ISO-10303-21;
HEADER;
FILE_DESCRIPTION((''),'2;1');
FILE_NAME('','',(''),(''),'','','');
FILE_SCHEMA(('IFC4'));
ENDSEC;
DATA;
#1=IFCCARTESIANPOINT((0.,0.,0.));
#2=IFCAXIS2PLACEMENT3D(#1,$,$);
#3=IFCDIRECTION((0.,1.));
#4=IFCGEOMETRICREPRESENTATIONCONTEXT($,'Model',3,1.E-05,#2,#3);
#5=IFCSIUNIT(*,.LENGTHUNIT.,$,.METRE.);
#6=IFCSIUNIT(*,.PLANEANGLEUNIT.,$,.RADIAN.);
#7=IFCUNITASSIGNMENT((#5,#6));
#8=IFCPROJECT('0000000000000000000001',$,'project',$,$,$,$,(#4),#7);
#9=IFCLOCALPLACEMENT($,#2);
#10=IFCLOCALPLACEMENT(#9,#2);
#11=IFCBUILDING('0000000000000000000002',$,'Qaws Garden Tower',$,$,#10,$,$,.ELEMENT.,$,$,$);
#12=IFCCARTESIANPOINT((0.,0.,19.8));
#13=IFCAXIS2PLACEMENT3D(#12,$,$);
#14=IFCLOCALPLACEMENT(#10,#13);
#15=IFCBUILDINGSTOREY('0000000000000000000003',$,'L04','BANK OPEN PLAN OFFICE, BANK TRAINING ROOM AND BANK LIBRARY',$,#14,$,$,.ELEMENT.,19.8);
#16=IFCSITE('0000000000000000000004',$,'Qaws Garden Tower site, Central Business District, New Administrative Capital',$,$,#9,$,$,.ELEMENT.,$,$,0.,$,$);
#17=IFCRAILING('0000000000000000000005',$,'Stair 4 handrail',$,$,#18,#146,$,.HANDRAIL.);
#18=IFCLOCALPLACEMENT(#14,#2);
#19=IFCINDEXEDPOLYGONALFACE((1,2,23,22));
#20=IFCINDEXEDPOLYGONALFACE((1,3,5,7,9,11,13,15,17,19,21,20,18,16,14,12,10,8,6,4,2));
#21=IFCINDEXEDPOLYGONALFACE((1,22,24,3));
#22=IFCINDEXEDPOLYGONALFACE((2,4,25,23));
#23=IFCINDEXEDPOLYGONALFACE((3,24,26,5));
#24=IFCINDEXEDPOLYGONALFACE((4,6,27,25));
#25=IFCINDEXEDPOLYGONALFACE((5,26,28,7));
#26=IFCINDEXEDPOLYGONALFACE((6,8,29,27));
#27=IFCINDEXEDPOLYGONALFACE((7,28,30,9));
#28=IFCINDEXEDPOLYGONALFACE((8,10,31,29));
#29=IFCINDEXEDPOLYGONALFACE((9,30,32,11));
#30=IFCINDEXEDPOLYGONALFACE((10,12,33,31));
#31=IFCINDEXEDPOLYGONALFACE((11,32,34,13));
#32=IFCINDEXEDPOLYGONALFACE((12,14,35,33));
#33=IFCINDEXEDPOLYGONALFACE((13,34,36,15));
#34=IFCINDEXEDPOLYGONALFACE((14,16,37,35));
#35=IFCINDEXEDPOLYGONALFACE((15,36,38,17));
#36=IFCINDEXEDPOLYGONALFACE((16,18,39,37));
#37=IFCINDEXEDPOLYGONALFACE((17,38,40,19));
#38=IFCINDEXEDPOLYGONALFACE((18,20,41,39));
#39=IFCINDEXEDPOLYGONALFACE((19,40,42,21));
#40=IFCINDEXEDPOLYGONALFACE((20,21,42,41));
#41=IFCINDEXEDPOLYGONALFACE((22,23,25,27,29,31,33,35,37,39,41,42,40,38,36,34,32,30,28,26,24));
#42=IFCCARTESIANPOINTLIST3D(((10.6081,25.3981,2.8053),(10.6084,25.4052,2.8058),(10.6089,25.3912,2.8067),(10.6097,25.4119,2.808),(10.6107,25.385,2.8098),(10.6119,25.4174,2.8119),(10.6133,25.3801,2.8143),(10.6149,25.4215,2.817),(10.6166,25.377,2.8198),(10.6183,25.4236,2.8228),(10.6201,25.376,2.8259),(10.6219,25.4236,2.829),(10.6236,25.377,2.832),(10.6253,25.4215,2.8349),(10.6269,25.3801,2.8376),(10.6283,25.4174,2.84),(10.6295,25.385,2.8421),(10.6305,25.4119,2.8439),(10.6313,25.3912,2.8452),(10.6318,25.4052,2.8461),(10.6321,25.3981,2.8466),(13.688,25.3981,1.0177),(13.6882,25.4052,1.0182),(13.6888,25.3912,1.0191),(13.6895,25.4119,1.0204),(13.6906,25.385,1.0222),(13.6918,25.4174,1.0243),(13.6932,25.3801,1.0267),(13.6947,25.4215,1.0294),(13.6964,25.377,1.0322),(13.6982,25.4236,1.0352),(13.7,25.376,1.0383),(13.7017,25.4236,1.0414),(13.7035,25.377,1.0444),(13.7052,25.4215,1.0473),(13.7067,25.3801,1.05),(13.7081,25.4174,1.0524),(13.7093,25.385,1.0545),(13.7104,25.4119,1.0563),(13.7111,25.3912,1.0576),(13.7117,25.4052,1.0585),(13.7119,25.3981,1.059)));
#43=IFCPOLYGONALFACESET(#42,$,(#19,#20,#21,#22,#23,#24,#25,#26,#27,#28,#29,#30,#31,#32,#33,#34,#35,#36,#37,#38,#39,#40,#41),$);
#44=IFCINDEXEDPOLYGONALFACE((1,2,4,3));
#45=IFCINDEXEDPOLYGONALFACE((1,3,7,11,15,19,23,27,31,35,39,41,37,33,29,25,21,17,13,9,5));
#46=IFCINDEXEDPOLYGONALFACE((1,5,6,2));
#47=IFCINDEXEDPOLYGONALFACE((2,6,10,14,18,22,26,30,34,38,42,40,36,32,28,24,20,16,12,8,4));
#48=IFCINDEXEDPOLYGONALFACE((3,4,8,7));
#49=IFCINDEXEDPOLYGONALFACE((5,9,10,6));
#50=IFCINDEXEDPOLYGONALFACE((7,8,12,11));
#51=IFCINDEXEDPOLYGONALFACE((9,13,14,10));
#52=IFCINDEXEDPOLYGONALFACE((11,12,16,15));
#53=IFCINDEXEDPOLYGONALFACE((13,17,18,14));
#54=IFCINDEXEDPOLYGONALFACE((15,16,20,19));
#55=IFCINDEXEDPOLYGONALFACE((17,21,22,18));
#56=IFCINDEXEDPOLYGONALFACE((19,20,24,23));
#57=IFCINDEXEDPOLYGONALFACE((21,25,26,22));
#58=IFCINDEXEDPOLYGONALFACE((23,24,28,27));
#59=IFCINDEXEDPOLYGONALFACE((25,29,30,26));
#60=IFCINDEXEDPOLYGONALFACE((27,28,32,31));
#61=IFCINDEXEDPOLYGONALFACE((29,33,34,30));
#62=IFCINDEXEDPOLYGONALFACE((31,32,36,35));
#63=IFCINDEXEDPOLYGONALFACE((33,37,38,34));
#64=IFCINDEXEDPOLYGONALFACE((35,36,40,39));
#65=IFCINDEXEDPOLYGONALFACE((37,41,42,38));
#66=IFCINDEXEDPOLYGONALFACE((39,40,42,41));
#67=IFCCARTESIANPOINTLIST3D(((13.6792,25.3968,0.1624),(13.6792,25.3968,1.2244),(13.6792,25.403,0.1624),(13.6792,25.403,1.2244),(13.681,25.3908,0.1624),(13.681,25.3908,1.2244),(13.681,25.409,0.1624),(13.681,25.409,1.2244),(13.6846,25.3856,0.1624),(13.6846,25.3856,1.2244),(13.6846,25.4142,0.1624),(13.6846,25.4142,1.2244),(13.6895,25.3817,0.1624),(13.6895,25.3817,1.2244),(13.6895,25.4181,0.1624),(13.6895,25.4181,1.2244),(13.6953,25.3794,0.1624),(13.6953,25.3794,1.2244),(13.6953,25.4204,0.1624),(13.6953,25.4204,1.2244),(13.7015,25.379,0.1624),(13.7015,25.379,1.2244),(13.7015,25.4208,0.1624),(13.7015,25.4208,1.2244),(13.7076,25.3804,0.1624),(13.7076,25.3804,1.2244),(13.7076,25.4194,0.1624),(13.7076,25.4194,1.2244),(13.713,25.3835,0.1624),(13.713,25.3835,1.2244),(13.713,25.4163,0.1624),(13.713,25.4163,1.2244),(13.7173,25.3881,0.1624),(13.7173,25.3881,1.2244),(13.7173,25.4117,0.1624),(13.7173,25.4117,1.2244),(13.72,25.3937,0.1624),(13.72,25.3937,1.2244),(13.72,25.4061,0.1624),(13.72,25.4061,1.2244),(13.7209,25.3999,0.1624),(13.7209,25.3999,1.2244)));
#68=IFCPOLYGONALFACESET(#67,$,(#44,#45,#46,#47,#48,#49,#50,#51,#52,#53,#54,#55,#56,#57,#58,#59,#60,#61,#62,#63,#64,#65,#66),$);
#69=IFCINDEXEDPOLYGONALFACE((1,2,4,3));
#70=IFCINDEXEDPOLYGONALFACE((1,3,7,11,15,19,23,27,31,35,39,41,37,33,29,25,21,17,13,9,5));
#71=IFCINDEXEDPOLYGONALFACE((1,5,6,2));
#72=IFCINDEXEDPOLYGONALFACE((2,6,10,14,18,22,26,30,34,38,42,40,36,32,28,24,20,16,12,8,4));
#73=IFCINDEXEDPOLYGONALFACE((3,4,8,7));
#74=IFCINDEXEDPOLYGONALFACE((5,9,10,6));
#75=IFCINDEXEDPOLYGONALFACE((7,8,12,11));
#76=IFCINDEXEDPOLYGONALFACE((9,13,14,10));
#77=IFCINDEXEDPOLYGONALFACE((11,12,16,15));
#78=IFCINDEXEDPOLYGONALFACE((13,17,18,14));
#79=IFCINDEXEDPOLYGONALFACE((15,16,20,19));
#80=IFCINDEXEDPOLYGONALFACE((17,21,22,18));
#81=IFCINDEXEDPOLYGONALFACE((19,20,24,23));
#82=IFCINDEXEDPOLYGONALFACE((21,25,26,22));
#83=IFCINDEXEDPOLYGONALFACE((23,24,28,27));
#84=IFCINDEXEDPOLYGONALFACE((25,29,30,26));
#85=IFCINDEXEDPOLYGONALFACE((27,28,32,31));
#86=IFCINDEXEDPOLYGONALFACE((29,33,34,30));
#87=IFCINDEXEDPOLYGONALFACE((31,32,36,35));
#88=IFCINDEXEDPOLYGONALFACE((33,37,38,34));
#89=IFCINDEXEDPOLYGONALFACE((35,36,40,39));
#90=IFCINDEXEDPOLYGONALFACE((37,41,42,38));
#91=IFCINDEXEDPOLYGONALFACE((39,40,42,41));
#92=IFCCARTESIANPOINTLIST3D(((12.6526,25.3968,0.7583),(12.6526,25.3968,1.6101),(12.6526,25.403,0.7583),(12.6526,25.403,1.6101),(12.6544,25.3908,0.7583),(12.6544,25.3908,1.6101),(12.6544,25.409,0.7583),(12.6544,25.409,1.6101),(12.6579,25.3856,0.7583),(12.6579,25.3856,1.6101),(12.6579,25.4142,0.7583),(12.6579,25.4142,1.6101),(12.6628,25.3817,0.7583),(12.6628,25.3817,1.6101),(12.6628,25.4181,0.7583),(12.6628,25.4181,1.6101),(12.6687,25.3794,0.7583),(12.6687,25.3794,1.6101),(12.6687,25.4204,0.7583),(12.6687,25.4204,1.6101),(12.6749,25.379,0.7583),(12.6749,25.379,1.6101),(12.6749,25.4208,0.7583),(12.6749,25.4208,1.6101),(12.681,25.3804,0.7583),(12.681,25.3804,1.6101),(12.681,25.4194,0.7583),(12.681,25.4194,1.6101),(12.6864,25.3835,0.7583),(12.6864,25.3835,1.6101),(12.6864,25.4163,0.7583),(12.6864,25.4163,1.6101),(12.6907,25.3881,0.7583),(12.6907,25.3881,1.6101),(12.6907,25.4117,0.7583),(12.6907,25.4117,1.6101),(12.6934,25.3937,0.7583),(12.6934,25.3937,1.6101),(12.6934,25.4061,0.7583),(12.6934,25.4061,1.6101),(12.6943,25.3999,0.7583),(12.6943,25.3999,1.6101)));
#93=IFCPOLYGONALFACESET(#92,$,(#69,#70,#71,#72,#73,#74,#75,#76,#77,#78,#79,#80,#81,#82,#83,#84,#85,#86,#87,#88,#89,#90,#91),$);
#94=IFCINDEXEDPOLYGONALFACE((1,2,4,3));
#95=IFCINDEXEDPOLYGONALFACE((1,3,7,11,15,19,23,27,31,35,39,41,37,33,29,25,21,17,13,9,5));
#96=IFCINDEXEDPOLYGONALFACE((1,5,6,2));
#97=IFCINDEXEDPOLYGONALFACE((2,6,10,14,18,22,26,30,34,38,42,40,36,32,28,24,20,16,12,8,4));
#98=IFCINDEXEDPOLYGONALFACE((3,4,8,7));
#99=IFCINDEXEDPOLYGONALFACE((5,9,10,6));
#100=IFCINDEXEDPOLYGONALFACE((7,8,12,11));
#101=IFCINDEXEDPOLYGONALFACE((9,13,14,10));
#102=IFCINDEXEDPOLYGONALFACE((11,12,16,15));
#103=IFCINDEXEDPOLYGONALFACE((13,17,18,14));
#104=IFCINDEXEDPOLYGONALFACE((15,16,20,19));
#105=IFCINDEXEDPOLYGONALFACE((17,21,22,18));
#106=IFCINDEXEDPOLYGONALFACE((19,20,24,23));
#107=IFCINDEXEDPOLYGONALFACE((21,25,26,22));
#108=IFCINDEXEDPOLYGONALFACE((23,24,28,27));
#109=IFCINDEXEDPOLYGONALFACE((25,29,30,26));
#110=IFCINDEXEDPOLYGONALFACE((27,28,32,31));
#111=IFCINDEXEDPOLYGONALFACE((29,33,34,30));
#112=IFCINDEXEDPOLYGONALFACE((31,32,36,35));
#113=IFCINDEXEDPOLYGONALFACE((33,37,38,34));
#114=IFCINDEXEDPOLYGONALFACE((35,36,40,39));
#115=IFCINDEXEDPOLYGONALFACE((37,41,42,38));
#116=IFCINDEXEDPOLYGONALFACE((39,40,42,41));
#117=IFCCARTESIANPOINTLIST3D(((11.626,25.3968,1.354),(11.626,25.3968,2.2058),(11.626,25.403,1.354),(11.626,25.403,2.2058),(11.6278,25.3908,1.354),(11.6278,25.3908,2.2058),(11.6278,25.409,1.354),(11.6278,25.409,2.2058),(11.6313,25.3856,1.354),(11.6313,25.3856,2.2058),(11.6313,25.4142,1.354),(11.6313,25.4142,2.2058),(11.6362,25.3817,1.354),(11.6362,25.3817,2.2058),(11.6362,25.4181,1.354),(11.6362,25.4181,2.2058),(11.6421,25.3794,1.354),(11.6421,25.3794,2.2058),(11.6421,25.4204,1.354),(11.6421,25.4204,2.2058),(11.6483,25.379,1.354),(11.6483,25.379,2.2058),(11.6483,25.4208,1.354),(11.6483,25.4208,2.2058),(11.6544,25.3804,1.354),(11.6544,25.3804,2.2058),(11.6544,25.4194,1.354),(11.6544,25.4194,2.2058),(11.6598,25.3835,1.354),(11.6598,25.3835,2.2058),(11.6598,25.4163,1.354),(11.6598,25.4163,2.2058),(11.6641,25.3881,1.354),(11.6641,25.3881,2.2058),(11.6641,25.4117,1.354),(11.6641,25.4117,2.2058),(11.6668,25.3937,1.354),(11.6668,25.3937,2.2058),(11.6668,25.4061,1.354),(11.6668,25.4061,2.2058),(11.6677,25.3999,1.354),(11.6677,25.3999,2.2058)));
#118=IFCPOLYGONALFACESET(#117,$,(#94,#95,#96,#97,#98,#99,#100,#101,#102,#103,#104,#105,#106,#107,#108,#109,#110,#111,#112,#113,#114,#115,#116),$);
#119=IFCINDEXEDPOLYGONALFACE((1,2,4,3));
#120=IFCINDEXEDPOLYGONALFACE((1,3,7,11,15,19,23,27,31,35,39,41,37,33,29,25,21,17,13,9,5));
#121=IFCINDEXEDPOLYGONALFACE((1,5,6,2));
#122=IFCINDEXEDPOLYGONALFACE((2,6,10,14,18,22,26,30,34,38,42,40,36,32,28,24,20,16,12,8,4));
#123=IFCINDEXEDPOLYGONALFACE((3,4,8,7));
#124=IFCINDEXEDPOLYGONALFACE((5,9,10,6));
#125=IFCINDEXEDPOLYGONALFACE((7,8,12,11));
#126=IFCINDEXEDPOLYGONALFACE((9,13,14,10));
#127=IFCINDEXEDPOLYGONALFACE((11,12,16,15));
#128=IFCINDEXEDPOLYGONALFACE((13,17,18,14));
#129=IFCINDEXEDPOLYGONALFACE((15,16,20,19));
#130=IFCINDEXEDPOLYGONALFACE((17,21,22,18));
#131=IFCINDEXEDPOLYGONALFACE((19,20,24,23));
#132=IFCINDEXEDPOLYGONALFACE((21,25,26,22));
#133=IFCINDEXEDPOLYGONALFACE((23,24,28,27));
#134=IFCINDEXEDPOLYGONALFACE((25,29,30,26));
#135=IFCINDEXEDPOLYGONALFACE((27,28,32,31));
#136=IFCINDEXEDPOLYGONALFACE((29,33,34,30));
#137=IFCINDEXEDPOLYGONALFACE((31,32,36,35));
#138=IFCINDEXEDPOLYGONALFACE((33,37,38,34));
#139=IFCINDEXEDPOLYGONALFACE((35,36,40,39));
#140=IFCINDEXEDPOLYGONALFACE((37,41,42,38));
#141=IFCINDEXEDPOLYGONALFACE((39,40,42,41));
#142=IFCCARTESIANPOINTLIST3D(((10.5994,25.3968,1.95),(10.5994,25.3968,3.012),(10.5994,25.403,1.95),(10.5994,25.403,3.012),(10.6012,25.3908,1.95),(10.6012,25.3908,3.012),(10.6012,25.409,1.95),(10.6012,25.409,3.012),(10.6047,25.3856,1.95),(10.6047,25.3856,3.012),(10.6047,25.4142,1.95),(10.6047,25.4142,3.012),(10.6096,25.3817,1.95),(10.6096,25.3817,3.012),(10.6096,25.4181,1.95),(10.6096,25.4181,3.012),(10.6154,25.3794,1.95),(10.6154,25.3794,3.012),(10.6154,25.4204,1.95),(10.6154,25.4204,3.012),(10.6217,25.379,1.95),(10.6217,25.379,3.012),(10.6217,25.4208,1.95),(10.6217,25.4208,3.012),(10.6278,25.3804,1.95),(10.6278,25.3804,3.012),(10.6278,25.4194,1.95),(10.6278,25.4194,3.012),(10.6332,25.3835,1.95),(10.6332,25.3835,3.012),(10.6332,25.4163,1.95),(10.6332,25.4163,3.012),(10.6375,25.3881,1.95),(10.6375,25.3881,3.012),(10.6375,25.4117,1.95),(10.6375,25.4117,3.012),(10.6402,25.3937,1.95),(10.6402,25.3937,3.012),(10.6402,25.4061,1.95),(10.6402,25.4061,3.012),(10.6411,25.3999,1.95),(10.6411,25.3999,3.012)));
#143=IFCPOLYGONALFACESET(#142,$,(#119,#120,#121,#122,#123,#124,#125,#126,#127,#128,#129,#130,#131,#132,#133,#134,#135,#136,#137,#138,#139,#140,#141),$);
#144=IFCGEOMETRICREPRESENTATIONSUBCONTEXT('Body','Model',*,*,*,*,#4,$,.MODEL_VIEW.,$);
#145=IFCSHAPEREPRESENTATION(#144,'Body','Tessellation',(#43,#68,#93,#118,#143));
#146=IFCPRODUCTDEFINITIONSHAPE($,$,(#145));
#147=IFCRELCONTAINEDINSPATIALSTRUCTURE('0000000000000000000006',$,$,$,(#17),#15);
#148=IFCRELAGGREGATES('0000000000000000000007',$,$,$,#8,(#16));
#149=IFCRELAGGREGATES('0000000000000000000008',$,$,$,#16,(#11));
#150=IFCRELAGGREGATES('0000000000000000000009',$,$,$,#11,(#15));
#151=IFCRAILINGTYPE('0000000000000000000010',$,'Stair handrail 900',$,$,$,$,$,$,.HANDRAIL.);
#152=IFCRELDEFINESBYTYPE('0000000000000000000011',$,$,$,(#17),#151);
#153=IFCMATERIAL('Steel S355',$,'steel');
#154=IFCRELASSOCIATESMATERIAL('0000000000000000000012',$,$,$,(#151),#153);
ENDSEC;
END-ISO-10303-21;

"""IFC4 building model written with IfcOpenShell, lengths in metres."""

from ifc_helpers import new_model, si_unit, direction, frame, origin, origin_2d, place, context, subcontext, project, spatial, circle, extrude, material, type_object, element, save


model = new_model("IFC4")

# Units and contexts
model_context = context("Model", 3, precision=1e-05, world=origin(), true_north=direction((0.0, 1.0)))
body_context = subcontext(model_context, "Body", "Model", "MODEL_VIEW")
ifc_project = project(units=[si_unit("LENGTHUNIT", "METRE"), si_unit("PLANEANGLEUNIT", "RADIAN")], contexts=[model_context])

# Site, building, storey
site_placement = place(None, origin())
site = spatial("IfcSite", under=ifc_project, at=site_placement, Name="Qaws Garden Tower site, Central Business District, New Administrative Capital", CompositionType="ELEMENT", RefElevation=0.0)
building_placement = place(site_placement, origin())
building = spatial("IfcBuilding", under=site, at=building_placement, Name="Qaws Garden Tower", CompositionType="ELEMENT")
storey_placement = place(building_placement, frame((0.0, 0.0, 19.8)))
storey = spatial("IfcBuildingStorey", under=building, at=storey_placement, Name="L04", Description="BANK OPEN PLAN OFFICE, BANK TRAINING ROOM AND BANK LIBRARY", CompositionType="ELEMENT", Elevation=19.8)

# Railing
ifc_material_1 = material(Name="Steel S355", Category="steel")
railing_type = type_object("IfcRailingType", Name="Stair handrail 900", PredefinedType="HANDRAIL", material=ifc_material_1)
railing_1_placement = place(storey_placement, frame((13.7, 25.3999, 0.1624)))
element("IfcRailing", 1, at=railing_1_placement, inside=storey, type_object=railing_type, Name="Stair 4 handrail", PredefinedType="HANDRAIL", context=body_context, shape_type="SweptSolid", body=[
    extrude(circle(Radius=0.0239, at=origin_2d()), frame((0.0, 0.0, 0.876), z_axis=(-0.864873, 0.0, 0.50199), x_axis=(0.0, -1.0, 0.0)), (0.0, 0.0, 1.0), 3.561),
    extrude(circle(Radius=0.021, at=origin_2d()), origin(), (0.0, 0.0, 1.0), 1.062),
    extrude(circle(Radius=0.021, at=origin_2d()), frame((-1.0266, 0.0, 0.5959)), (0.0, 0.0, 1.0), 0.8518),
    extrude(circle(Radius=0.021, at=origin_2d()), frame((-2.0532, 0.0, 1.1917)), (0.0, 0.0, 1.0), 0.8518),
    extrude(circle(Radius=0.021, at=origin_2d()), frame((-3.0798, 0.0, 1.7876)), (0.0, 0.0, 1.0), 1.062),
])

save(model, "model.ifc")
